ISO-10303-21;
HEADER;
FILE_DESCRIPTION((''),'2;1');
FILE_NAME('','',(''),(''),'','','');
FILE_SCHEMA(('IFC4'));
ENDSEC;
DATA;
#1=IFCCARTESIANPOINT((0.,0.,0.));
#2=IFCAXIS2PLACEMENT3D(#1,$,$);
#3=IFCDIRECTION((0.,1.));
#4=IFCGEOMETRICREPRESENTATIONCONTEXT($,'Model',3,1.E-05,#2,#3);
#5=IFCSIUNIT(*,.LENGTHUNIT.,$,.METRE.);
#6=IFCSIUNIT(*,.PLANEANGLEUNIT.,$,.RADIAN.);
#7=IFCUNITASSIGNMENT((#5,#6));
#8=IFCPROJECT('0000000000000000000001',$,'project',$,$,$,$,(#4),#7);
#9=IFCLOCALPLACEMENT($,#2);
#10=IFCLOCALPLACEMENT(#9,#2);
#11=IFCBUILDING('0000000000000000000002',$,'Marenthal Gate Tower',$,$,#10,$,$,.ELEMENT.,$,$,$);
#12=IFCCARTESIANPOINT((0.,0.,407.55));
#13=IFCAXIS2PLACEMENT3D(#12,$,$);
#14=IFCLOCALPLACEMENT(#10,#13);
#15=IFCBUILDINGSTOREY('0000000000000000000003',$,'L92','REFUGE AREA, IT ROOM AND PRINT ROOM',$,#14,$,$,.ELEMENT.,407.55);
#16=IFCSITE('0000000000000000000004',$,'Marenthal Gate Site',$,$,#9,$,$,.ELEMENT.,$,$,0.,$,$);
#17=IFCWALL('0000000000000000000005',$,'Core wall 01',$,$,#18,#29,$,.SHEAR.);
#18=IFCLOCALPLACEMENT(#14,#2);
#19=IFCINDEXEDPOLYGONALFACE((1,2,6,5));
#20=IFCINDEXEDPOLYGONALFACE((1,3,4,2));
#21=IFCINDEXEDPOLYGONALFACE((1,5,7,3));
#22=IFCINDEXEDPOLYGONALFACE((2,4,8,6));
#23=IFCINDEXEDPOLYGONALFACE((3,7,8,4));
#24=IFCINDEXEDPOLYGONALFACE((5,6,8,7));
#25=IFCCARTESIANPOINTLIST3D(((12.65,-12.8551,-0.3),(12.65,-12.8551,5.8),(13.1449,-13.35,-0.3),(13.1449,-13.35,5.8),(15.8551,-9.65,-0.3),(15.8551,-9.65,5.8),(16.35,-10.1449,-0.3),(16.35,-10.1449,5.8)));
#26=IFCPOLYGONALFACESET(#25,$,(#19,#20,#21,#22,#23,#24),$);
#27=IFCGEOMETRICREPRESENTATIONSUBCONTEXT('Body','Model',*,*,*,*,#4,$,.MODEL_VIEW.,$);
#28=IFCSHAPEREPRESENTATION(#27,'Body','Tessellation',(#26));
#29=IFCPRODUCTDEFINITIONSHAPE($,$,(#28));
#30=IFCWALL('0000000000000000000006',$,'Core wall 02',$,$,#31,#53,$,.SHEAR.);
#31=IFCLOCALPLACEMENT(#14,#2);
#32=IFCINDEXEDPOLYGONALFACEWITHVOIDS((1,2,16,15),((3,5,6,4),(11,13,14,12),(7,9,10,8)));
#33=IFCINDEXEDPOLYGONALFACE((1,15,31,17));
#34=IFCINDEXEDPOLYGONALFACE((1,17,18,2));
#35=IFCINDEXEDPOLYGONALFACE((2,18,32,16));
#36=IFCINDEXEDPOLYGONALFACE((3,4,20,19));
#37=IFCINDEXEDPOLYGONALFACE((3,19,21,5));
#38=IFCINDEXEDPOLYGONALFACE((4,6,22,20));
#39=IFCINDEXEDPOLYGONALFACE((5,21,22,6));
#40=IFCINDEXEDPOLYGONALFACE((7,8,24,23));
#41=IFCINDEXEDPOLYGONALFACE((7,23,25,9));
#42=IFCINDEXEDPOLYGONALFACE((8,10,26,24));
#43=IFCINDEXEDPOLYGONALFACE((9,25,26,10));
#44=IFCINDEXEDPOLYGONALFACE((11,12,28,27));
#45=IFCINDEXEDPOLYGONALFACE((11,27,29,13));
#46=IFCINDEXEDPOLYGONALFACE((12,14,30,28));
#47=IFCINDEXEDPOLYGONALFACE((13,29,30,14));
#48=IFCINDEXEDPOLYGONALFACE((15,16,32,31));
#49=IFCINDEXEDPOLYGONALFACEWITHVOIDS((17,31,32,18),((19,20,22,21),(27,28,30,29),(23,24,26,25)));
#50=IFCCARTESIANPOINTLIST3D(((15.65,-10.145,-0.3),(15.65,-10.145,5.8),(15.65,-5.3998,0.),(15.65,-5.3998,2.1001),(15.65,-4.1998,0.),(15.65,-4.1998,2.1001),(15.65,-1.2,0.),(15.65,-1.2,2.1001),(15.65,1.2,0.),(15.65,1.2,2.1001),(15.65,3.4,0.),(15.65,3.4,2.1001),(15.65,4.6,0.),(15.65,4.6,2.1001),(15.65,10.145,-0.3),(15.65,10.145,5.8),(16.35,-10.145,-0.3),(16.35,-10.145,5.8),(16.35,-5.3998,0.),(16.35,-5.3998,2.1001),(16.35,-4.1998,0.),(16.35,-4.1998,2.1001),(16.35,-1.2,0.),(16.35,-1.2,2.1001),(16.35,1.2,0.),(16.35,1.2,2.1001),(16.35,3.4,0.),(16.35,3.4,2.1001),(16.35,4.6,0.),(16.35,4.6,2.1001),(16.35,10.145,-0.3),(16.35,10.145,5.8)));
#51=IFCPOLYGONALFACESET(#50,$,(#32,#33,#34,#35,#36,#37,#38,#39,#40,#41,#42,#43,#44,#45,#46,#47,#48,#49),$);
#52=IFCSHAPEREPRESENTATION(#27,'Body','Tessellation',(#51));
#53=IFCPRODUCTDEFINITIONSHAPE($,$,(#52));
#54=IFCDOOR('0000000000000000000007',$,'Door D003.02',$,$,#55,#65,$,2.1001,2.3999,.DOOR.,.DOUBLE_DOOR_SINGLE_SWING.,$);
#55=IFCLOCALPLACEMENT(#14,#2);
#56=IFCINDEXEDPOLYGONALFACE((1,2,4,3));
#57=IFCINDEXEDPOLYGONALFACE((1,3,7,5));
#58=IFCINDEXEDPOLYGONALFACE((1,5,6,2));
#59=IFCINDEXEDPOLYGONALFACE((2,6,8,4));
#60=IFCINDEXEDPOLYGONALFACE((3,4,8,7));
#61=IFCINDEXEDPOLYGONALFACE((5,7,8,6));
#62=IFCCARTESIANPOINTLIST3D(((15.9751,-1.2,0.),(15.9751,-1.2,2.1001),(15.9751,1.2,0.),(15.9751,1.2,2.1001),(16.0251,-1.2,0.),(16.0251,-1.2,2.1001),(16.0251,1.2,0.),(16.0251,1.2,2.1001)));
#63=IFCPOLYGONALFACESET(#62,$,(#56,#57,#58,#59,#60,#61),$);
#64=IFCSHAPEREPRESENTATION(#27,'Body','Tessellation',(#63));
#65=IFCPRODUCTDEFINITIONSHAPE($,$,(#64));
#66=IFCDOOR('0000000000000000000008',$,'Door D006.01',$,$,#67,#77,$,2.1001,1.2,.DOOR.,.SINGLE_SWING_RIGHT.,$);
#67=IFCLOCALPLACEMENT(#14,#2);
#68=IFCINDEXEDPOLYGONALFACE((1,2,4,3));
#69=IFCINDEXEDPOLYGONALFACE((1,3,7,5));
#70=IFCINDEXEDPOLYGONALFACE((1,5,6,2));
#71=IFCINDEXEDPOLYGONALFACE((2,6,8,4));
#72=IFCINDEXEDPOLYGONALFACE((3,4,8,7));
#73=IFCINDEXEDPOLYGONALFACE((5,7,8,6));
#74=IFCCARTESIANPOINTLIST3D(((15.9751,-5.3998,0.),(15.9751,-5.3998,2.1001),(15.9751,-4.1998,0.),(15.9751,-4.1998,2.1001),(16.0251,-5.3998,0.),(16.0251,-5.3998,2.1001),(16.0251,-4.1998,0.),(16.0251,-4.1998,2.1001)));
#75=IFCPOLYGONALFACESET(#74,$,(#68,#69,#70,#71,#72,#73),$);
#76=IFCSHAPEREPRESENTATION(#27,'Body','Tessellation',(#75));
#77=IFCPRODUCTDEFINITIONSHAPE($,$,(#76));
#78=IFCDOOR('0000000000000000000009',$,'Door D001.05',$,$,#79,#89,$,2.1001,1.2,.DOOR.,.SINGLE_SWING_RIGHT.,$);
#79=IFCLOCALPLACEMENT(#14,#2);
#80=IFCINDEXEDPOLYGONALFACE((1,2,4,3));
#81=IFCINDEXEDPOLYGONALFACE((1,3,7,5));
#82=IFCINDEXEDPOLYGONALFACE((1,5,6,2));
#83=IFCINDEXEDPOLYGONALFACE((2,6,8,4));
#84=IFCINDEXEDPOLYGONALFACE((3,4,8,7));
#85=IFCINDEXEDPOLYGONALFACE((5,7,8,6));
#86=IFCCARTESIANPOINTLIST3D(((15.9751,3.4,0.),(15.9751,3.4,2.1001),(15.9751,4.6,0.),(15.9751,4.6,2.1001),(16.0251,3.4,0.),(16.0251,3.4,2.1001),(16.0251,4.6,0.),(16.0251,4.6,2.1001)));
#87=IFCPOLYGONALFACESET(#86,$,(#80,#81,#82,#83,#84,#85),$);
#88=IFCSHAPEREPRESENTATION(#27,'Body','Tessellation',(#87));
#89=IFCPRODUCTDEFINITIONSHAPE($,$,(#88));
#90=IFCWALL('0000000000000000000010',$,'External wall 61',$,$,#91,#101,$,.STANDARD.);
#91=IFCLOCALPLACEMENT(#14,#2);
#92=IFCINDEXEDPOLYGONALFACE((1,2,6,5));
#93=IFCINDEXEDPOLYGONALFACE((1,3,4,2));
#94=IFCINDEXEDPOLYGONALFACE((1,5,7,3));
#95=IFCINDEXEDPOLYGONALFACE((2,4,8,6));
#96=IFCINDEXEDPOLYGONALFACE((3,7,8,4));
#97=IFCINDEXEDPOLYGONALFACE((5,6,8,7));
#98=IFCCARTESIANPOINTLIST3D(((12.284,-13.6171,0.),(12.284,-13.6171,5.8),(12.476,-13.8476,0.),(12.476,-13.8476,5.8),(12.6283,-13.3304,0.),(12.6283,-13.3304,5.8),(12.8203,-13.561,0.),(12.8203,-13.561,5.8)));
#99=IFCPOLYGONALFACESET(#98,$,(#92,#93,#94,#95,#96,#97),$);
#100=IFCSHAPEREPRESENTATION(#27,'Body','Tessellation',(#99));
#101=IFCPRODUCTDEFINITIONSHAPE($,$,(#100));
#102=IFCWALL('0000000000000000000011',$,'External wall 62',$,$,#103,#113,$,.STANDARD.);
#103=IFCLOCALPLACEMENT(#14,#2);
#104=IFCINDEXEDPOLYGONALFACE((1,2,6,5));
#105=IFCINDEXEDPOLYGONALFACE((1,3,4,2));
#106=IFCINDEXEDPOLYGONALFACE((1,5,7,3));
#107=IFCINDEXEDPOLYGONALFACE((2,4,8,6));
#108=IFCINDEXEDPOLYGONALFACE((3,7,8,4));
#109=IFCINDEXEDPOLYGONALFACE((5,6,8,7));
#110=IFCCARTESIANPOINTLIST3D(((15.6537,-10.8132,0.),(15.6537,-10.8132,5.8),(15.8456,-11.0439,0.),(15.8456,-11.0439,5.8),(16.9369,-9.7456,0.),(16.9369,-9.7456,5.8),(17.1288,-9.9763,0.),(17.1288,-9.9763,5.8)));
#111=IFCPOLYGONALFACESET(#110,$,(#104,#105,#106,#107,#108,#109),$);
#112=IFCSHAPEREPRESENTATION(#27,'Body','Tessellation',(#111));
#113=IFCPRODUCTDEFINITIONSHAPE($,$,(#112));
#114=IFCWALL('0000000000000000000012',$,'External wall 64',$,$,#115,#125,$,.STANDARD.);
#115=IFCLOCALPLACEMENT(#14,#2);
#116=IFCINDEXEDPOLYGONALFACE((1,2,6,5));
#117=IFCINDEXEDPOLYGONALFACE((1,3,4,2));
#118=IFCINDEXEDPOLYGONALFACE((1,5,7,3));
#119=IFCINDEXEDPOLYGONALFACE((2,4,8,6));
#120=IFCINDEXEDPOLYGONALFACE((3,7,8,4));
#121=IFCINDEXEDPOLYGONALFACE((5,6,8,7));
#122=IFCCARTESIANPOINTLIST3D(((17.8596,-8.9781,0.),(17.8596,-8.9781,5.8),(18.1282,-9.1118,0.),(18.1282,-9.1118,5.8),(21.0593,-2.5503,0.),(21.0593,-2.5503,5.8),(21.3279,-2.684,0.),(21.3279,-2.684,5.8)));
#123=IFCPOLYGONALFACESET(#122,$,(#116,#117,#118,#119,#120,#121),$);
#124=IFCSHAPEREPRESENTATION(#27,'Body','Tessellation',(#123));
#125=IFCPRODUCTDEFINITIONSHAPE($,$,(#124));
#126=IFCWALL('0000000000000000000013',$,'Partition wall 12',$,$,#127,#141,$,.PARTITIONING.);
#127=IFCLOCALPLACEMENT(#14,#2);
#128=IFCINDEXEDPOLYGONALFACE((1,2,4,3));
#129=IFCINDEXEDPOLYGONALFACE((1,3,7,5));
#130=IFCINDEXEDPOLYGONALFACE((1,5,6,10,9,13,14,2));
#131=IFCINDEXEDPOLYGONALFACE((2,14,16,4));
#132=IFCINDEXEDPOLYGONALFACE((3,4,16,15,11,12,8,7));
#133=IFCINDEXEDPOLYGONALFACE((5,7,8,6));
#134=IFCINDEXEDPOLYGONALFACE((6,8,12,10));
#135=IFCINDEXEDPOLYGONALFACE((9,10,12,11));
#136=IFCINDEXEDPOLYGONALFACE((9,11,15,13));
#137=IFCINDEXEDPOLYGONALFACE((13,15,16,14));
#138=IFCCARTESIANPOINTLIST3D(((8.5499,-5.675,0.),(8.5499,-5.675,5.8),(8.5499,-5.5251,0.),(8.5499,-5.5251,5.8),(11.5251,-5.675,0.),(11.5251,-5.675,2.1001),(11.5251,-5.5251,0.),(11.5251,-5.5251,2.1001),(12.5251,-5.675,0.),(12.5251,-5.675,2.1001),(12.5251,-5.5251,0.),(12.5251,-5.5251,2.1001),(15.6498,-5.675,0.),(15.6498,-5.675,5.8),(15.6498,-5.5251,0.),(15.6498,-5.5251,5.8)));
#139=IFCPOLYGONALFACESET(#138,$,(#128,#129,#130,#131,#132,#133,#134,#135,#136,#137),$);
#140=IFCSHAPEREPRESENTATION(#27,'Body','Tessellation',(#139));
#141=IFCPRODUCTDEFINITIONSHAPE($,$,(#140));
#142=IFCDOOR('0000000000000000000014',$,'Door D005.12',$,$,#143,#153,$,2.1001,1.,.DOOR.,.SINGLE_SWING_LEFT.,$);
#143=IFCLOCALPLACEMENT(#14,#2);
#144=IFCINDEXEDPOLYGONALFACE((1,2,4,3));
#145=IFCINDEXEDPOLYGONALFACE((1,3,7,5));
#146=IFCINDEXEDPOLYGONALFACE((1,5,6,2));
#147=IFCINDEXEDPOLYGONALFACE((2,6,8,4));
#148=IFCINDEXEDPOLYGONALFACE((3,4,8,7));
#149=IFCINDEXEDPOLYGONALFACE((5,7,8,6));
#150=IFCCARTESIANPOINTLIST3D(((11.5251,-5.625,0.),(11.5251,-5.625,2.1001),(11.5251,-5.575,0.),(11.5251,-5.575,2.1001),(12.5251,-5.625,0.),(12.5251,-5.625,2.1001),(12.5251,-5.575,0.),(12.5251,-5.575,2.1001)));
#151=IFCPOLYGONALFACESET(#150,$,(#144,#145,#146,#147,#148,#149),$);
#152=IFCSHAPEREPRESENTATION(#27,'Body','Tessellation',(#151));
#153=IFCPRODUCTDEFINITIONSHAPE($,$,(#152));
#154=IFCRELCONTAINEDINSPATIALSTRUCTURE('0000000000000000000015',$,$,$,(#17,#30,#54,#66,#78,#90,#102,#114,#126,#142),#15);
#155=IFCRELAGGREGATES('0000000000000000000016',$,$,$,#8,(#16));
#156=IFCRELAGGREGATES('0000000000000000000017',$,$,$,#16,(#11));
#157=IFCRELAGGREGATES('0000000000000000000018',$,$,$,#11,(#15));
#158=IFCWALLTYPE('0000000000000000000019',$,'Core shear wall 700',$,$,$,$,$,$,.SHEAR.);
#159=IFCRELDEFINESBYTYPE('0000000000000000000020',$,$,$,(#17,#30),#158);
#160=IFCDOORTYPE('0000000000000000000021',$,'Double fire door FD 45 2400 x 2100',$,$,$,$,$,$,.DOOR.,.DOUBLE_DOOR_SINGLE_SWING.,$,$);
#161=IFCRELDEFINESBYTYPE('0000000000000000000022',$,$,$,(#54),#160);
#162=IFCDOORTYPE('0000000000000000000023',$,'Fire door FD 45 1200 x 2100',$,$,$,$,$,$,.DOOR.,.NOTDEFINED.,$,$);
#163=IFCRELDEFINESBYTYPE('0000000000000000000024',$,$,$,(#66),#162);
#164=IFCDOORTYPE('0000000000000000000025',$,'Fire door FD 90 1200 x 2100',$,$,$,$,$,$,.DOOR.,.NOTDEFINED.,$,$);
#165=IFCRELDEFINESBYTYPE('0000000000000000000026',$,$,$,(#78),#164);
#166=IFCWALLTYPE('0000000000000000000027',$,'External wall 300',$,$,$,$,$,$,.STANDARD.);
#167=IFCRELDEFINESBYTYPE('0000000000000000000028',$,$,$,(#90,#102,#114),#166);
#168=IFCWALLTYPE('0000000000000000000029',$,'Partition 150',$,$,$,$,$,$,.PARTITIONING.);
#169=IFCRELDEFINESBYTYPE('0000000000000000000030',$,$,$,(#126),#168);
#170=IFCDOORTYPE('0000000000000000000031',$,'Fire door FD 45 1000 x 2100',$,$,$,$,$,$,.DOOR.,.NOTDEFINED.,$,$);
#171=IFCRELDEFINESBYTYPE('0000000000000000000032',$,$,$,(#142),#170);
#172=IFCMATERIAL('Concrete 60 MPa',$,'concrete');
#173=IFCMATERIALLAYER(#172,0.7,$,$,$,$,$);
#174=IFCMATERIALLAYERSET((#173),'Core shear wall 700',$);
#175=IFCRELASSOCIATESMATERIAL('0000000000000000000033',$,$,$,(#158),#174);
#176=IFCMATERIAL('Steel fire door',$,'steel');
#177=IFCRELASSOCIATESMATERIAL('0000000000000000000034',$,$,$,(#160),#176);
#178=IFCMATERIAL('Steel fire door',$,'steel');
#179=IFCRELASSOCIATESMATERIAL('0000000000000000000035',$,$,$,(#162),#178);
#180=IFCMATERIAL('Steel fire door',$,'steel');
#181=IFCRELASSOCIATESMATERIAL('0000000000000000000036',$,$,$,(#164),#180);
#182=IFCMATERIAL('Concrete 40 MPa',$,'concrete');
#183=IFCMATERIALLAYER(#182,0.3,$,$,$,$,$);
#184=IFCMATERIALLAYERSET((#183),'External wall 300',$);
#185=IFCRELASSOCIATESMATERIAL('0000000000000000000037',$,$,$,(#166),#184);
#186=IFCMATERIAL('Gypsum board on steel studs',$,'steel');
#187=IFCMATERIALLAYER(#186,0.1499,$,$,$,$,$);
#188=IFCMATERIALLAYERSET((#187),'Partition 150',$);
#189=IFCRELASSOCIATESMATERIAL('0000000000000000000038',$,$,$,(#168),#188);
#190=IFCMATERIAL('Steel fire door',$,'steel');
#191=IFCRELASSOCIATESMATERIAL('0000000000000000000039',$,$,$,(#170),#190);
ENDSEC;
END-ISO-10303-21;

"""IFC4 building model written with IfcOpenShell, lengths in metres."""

from ifc_helpers import new_model, si_unit, direction, frame, frame_2d, origin, place, context, subcontext, project, spatial, rectangle, extrude, material, layer, layer_set, type_object, element, fill, save


model = new_model("IFC4")

# Units and contexts
model_context = context("Model", 3, precision=1e-05, world=origin(), true_north=direction((0.0, 1.0)))
body_context = subcontext(model_context, "Body", "Model", "MODEL_VIEW")
ifc_project = project(units=[si_unit("LENGTHUNIT", "METRE"), si_unit("PLANEANGLEUNIT", "RADIAN")], contexts=[model_context])

# Site, building, storey
site_placement = place(None, origin())
site = spatial("IfcSite", under=ifc_project, at=site_placement, Name="Marenthal Gate Site", CompositionType="ELEMENT", RefElevation=0.0)
building_placement = place(site_placement, origin())
building = spatial("IfcBuilding", under=site, at=building_placement, Name="Marenthal Gate Tower", CompositionType="ELEMENT")
storey_placement = place(building_placement, frame((0.0, 0.0, 407.55)))
storey = spatial("IfcBuildingStorey", under=building, at=storey_placement, Name="L92", Description="REFUGE AREA, IT ROOM AND PRINT ROOM", CompositionType="ELEMENT", Elevation=407.55)

# Wall
ifc_material_1 = material(Name="Concrete 60 MPa", Category="concrete")
ifc_layer_1 = layer(ifc_material_1, 0.7)
ifc_layer_set_1 = layer_set([ifc_layer_1], Name="Core shear wall 700")
wall_type_1 = type_object("IfcWallType", Name="Core shear wall 700", PredefinedType="SHEAR", material=ifc_layer_set_1)
wall_1_placement = place(storey_placement, frame((12.8975, -13.1025, -0.3), z_axis=(0.0, 0.0, 1.0), x_axis=(0.707107, 0.707107, 0.0)))
element("IfcWall", 1, at=wall_1_placement, inside=storey, type_object=wall_type_1, Name="Core wall 01", PredefinedType="SHEAR", context=body_context, shape_type="SweptSolid", body=[
    extrude(rectangle(XDim=4.5327, YDim=0.7, at=frame_2d((2.2664, 0.0))), origin(), (0.0, 0.0, 1.0), 6.1001),
])

# Wall, openings, doors
wall_2_placement = place(storey_placement, frame((16.0, -10.145, -0.3), z_axis=(0.0, 0.0, 1.0), x_axis=(0.0, 1.0, 0.0)))
wall_2 = element("IfcWall", 2, at=wall_2_placement, inside=storey, type_object=wall_type_1, Name="Core wall 02", PredefinedType="SHEAR", context=body_context, shape_type="SweptSolid", body=[
    extrude(rectangle(XDim=20.29, YDim=0.7, at=frame_2d((10.145, 0.0))), origin(), (0.0, 0.0, 1.0), 6.1001),
])
opening_1_placement = place(wall_2_placement, frame((8.9451, 0.0, 0.3)))
opening_1 = element("IfcOpeningElement", 3, at=opening_1_placement, cuts=wall_2, PredefinedType="OPENING", context=body_context, shape_type="SweptSolid", body=[
    extrude(rectangle(XDim=2.3999, YDim=2.1001, at=frame_2d((1.2, 1.05))), frame((0.0, 0.3599, 0.0), z_axis=(0.0, -1.0, 0.0), x_axis=(1.0, 0.0, 0.0)), (0.0, 0.0, 1.0), 0.72),
])
opening_2_placement = place(wall_2_placement, frame((13.5449, 0.0, 0.3)))
opening_2 = element("IfcOpeningElement", 4, at=opening_2_placement, cuts=wall_2, PredefinedType="OPENING", context=body_context, shape_type="SweptSolid", body=[
    extrude(rectangle(XDim=1.2, YDim=2.1001, at=frame_2d((0.6001, 1.05))), frame((0.0, 0.3599, 0.0), z_axis=(0.0, -1.0, 0.0), x_axis=(1.0, 0.0, 0.0)), (0.0, 0.0, 1.0), 0.72),
])
opening_3_placement = place(wall_2_placement, frame((4.7451, 0.0, 0.3)))
opening_3 = element("IfcOpeningElement", 5, at=opening_3_placement, cuts=wall_2, PredefinedType="OPENING", context=body_context, shape_type="SweptSolid", body=[
    extrude(rectangle(XDim=1.2, YDim=2.1001, at=frame_2d((0.6001, 1.05))), frame((0.0, 0.3599, 0.0), z_axis=(0.0, -1.0, 0.0), x_axis=(1.0, 0.0, 0.0)), (0.0, 0.0, 1.0), 0.72),
])
ifc_material_2 = material(Name="Steel fire door", Category="steel")
door_type_1 = type_object("IfcDoorType", Name="Double fire door FD 45 2400 x 2100", OperationType="DOUBLE_DOOR_SINGLE_SWING", PredefinedType="DOOR", material=ifc_material_2)
door_1_placement = place(opening_1_placement, origin())
door_1 = element("IfcDoor", 6, at=door_1_placement, inside=storey, type_object=door_type_1, Name="Door D003.02", OperationType="DOUBLE_DOOR_SINGLE_SWING", OverallHeight=2.1001, OverallWidth=2.3999, PredefinedType="DOOR", context=body_context, shape_type="SweptSolid", body=[
    extrude(rectangle(XDim=2.3999, YDim=2.1001, at=frame_2d((1.2, 1.05))), frame((0.0, 0.0249, 0.0), z_axis=(0.0, -1.0, 0.0), x_axis=(1.0, 0.0, 0.0)), (0.0, 0.0, 1.0), 0.05),
])
fill(opening_1, door_1)
ifc_material_3 = material(Name="Steel fire door", Category="steel")
door_type_2 = type_object("IfcDoorType", Name="Fire door FD 45 1200 x 2100", OperationType="NOTDEFINED", PredefinedType="DOOR", material=ifc_material_3)
door_2_placement = place(opening_3_placement, origin())
door_2 = element("IfcDoor", 7, at=door_2_placement, inside=storey, type_object=door_type_2, Name="Door D006.01", OperationType="SINGLE_SWING_RIGHT", OverallHeight=2.1001, OverallWidth=1.2, PredefinedType="DOOR", context=body_context, shape_type="SweptSolid", body=[
    extrude(rectangle(XDim=1.2, YDim=2.1001, at=frame_2d((0.6001, 1.05))), frame((0.0, 0.0249, 0.0), z_axis=(0.0, -1.0, 0.0), x_axis=(1.0, 0.0, 0.0)), (0.0, 0.0, 1.0), 0.05),
])
fill(opening_3, door_2)
ifc_material_4 = material(Name="Steel fire door", Category="steel")
door_type_3 = type_object("IfcDoorType", Name="Fire door FD 90 1200 x 2100", OperationType="NOTDEFINED", PredefinedType="DOOR", material=ifc_material_4)
door_3_placement = place(opening_2_placement, origin())
door_3 = element("IfcDoor", 8, at=door_3_placement, inside=storey, type_object=door_type_3, Name="Door D001.05", OperationType="SINGLE_SWING_RIGHT", OverallHeight=2.1001, OverallWidth=1.2, PredefinedType="DOOR", context=body_context, shape_type="SweptSolid", body=[
    extrude(rectangle(XDim=1.2, YDim=2.1001, at=frame_2d((0.6001, 1.05))), frame((0.0, 0.0249, 0.0), z_axis=(0.0, -1.0, 0.0), x_axis=(1.0, 0.0, 0.0)), (0.0, 0.0, 1.0), 0.05),
])
fill(opening_2, door_3)

# Walls
ifc_material_5 = material(Name="Concrete 40 MPa", Category="concrete")
ifc_layer_2 = layer(ifc_material_5, 0.3)
ifc_layer_set_2 = layer_set([ifc_layer_2], Name="External wall 300")
wall_type_2 = type_object("IfcWallType", Name="External wall 300", PredefinedType="STANDARD", material=ifc_layer_set_2)
wall_3_placement = place(storey_placement, frame((12.3799, -13.7324, 0.0), z_axis=(0.0, 0.0, 1.0), x_axis=(0.768489, 0.639863, 0.0)))
element("IfcWall", 9, at=wall_3_placement, inside=storey, type_object=wall_type_2, Name="External wall 61", PredefinedType="STANDARD", context=body_context, shape_type="SweptSolid", body=[
    extrude(rectangle(XDim=0.448, YDim=0.3, at=frame_2d((0.2241, 0.0))), origin(), (0.0, 0.0, 1.0), 5.8),
])
wall_4_placement = place(storey_placement, frame((15.7498, -10.9285, 0.0), z_axis=(0.0, 0.0, 1.0), x_axis=(0.768725, 0.63958, 0.0)))
element("IfcWall", 10, at=wall_4_placement, inside=storey, type_object=wall_type_2, Name="External wall 62", PredefinedType="STANDARD", context=body_context, shape_type="SweptSolid", body=[
    extrude(rectangle(XDim=1.6692, YDim=0.3, at=frame_2d((0.8345, 0.0))), origin(), (0.0, 0.0, 1.0), 5.8),
])
wall_5_placement = place(storey_placement, frame((17.9939, -9.0449, 0.0), z_axis=(0.0, 0.0, 1.0), x_axis=(0.445635, 0.895215, 0.0)))
element("IfcWall", 11, at=wall_5_placement, inside=storey, type_object=wall_type_2, Name="External wall 64", PredefinedType="STANDARD", context=body_context, shape_type="SweptSolid", body=[
    extrude(rectangle(XDim=7.1802, YDim=0.3, at=frame_2d((3.5901, 0.0))), origin(), (0.0, 0.0, 1.0), 5.8),
])

# Wall, opening, door
ifc_material_6 = material(Name="Gypsum board on steel studs", Category="steel")
ifc_layer_3 = layer(ifc_material_6, 0.1499)
ifc_layer_set_3 = layer_set([ifc_layer_3], Name="Partition 150")
wall_type_3 = type_object("IfcWallType", Name="Partition 150", PredefinedType="PARTITIONING", material=ifc_layer_set_3)
wall_6_placement = place(storey_placement, frame((8.55, -5.6001, 0.0), z_axis=(0.0, 0.0, 1.0), x_axis=(1.0, 0.0, 0.0)))
wall_6 = element("IfcWall", 12, at=wall_6_placement, inside=storey, type_object=wall_type_3, Name="Partition wall 12", PredefinedType="PARTITIONING", context=body_context, shape_type="SweptSolid", body=[
    extrude(rectangle(XDim=7.0999, YDim=0.1499, at=frame_2d((3.5498, 0.0))), origin(), (0.0, 0.0, 1.0), 5.8),
])
opening_4_placement = place(wall_6_placement, frame((2.9751, 0.0, 0.0)))
opening_4 = element("IfcOpeningElement", 13, at=opening_4_placement, cuts=wall_6, PredefinedType="OPENING", context=body_context, shape_type="SweptSolid", body=[
    extrude(rectangle(XDim=1.0, YDim=2.1001, at=frame_2d((0.5, 1.05))), frame((0.0, 0.085, 0.0), z_axis=(0.0, -1.0, 0.0), x_axis=(1.0, 0.0, 0.0)), (0.0, 0.0, 1.0), 0.1699),
])
ifc_material_7 = material(Name="Steel fire door", Category="steel")
door_type_4 = type_object("IfcDoorType", Name="Fire door FD 45 1000 x 2100", OperationType="NOTDEFINED", PredefinedType="DOOR", material=ifc_material_7)
door_4_placement = place(opening_4_placement, frame((1.0, 0.0, 0.0), z_axis=(0.0, 0.0, 1.0), x_axis=(-1.0, 0.0, 0.0)))
door_4 = element("IfcDoor", 14, at=door_4_placement, inside=storey, type_object=door_type_4, Name="Door D005.12", OperationType="SINGLE_SWING_LEFT", OverallHeight=2.1001, OverallWidth=1.0, PredefinedType="DOOR", context=body_context, shape_type="SweptSolid", body=[
    extrude(rectangle(XDim=1.0, YDim=2.1001, at=frame_2d((0.5, 1.05))), frame((0.0, 0.0249, 0.0), z_axis=(0.0, -1.0, 0.0), x_axis=(1.0, 0.0, 0.0)), (0.0, 0.0, 1.0), 0.05),
])
fill(opening_4, door_4)

save(model, "model.ifc")
